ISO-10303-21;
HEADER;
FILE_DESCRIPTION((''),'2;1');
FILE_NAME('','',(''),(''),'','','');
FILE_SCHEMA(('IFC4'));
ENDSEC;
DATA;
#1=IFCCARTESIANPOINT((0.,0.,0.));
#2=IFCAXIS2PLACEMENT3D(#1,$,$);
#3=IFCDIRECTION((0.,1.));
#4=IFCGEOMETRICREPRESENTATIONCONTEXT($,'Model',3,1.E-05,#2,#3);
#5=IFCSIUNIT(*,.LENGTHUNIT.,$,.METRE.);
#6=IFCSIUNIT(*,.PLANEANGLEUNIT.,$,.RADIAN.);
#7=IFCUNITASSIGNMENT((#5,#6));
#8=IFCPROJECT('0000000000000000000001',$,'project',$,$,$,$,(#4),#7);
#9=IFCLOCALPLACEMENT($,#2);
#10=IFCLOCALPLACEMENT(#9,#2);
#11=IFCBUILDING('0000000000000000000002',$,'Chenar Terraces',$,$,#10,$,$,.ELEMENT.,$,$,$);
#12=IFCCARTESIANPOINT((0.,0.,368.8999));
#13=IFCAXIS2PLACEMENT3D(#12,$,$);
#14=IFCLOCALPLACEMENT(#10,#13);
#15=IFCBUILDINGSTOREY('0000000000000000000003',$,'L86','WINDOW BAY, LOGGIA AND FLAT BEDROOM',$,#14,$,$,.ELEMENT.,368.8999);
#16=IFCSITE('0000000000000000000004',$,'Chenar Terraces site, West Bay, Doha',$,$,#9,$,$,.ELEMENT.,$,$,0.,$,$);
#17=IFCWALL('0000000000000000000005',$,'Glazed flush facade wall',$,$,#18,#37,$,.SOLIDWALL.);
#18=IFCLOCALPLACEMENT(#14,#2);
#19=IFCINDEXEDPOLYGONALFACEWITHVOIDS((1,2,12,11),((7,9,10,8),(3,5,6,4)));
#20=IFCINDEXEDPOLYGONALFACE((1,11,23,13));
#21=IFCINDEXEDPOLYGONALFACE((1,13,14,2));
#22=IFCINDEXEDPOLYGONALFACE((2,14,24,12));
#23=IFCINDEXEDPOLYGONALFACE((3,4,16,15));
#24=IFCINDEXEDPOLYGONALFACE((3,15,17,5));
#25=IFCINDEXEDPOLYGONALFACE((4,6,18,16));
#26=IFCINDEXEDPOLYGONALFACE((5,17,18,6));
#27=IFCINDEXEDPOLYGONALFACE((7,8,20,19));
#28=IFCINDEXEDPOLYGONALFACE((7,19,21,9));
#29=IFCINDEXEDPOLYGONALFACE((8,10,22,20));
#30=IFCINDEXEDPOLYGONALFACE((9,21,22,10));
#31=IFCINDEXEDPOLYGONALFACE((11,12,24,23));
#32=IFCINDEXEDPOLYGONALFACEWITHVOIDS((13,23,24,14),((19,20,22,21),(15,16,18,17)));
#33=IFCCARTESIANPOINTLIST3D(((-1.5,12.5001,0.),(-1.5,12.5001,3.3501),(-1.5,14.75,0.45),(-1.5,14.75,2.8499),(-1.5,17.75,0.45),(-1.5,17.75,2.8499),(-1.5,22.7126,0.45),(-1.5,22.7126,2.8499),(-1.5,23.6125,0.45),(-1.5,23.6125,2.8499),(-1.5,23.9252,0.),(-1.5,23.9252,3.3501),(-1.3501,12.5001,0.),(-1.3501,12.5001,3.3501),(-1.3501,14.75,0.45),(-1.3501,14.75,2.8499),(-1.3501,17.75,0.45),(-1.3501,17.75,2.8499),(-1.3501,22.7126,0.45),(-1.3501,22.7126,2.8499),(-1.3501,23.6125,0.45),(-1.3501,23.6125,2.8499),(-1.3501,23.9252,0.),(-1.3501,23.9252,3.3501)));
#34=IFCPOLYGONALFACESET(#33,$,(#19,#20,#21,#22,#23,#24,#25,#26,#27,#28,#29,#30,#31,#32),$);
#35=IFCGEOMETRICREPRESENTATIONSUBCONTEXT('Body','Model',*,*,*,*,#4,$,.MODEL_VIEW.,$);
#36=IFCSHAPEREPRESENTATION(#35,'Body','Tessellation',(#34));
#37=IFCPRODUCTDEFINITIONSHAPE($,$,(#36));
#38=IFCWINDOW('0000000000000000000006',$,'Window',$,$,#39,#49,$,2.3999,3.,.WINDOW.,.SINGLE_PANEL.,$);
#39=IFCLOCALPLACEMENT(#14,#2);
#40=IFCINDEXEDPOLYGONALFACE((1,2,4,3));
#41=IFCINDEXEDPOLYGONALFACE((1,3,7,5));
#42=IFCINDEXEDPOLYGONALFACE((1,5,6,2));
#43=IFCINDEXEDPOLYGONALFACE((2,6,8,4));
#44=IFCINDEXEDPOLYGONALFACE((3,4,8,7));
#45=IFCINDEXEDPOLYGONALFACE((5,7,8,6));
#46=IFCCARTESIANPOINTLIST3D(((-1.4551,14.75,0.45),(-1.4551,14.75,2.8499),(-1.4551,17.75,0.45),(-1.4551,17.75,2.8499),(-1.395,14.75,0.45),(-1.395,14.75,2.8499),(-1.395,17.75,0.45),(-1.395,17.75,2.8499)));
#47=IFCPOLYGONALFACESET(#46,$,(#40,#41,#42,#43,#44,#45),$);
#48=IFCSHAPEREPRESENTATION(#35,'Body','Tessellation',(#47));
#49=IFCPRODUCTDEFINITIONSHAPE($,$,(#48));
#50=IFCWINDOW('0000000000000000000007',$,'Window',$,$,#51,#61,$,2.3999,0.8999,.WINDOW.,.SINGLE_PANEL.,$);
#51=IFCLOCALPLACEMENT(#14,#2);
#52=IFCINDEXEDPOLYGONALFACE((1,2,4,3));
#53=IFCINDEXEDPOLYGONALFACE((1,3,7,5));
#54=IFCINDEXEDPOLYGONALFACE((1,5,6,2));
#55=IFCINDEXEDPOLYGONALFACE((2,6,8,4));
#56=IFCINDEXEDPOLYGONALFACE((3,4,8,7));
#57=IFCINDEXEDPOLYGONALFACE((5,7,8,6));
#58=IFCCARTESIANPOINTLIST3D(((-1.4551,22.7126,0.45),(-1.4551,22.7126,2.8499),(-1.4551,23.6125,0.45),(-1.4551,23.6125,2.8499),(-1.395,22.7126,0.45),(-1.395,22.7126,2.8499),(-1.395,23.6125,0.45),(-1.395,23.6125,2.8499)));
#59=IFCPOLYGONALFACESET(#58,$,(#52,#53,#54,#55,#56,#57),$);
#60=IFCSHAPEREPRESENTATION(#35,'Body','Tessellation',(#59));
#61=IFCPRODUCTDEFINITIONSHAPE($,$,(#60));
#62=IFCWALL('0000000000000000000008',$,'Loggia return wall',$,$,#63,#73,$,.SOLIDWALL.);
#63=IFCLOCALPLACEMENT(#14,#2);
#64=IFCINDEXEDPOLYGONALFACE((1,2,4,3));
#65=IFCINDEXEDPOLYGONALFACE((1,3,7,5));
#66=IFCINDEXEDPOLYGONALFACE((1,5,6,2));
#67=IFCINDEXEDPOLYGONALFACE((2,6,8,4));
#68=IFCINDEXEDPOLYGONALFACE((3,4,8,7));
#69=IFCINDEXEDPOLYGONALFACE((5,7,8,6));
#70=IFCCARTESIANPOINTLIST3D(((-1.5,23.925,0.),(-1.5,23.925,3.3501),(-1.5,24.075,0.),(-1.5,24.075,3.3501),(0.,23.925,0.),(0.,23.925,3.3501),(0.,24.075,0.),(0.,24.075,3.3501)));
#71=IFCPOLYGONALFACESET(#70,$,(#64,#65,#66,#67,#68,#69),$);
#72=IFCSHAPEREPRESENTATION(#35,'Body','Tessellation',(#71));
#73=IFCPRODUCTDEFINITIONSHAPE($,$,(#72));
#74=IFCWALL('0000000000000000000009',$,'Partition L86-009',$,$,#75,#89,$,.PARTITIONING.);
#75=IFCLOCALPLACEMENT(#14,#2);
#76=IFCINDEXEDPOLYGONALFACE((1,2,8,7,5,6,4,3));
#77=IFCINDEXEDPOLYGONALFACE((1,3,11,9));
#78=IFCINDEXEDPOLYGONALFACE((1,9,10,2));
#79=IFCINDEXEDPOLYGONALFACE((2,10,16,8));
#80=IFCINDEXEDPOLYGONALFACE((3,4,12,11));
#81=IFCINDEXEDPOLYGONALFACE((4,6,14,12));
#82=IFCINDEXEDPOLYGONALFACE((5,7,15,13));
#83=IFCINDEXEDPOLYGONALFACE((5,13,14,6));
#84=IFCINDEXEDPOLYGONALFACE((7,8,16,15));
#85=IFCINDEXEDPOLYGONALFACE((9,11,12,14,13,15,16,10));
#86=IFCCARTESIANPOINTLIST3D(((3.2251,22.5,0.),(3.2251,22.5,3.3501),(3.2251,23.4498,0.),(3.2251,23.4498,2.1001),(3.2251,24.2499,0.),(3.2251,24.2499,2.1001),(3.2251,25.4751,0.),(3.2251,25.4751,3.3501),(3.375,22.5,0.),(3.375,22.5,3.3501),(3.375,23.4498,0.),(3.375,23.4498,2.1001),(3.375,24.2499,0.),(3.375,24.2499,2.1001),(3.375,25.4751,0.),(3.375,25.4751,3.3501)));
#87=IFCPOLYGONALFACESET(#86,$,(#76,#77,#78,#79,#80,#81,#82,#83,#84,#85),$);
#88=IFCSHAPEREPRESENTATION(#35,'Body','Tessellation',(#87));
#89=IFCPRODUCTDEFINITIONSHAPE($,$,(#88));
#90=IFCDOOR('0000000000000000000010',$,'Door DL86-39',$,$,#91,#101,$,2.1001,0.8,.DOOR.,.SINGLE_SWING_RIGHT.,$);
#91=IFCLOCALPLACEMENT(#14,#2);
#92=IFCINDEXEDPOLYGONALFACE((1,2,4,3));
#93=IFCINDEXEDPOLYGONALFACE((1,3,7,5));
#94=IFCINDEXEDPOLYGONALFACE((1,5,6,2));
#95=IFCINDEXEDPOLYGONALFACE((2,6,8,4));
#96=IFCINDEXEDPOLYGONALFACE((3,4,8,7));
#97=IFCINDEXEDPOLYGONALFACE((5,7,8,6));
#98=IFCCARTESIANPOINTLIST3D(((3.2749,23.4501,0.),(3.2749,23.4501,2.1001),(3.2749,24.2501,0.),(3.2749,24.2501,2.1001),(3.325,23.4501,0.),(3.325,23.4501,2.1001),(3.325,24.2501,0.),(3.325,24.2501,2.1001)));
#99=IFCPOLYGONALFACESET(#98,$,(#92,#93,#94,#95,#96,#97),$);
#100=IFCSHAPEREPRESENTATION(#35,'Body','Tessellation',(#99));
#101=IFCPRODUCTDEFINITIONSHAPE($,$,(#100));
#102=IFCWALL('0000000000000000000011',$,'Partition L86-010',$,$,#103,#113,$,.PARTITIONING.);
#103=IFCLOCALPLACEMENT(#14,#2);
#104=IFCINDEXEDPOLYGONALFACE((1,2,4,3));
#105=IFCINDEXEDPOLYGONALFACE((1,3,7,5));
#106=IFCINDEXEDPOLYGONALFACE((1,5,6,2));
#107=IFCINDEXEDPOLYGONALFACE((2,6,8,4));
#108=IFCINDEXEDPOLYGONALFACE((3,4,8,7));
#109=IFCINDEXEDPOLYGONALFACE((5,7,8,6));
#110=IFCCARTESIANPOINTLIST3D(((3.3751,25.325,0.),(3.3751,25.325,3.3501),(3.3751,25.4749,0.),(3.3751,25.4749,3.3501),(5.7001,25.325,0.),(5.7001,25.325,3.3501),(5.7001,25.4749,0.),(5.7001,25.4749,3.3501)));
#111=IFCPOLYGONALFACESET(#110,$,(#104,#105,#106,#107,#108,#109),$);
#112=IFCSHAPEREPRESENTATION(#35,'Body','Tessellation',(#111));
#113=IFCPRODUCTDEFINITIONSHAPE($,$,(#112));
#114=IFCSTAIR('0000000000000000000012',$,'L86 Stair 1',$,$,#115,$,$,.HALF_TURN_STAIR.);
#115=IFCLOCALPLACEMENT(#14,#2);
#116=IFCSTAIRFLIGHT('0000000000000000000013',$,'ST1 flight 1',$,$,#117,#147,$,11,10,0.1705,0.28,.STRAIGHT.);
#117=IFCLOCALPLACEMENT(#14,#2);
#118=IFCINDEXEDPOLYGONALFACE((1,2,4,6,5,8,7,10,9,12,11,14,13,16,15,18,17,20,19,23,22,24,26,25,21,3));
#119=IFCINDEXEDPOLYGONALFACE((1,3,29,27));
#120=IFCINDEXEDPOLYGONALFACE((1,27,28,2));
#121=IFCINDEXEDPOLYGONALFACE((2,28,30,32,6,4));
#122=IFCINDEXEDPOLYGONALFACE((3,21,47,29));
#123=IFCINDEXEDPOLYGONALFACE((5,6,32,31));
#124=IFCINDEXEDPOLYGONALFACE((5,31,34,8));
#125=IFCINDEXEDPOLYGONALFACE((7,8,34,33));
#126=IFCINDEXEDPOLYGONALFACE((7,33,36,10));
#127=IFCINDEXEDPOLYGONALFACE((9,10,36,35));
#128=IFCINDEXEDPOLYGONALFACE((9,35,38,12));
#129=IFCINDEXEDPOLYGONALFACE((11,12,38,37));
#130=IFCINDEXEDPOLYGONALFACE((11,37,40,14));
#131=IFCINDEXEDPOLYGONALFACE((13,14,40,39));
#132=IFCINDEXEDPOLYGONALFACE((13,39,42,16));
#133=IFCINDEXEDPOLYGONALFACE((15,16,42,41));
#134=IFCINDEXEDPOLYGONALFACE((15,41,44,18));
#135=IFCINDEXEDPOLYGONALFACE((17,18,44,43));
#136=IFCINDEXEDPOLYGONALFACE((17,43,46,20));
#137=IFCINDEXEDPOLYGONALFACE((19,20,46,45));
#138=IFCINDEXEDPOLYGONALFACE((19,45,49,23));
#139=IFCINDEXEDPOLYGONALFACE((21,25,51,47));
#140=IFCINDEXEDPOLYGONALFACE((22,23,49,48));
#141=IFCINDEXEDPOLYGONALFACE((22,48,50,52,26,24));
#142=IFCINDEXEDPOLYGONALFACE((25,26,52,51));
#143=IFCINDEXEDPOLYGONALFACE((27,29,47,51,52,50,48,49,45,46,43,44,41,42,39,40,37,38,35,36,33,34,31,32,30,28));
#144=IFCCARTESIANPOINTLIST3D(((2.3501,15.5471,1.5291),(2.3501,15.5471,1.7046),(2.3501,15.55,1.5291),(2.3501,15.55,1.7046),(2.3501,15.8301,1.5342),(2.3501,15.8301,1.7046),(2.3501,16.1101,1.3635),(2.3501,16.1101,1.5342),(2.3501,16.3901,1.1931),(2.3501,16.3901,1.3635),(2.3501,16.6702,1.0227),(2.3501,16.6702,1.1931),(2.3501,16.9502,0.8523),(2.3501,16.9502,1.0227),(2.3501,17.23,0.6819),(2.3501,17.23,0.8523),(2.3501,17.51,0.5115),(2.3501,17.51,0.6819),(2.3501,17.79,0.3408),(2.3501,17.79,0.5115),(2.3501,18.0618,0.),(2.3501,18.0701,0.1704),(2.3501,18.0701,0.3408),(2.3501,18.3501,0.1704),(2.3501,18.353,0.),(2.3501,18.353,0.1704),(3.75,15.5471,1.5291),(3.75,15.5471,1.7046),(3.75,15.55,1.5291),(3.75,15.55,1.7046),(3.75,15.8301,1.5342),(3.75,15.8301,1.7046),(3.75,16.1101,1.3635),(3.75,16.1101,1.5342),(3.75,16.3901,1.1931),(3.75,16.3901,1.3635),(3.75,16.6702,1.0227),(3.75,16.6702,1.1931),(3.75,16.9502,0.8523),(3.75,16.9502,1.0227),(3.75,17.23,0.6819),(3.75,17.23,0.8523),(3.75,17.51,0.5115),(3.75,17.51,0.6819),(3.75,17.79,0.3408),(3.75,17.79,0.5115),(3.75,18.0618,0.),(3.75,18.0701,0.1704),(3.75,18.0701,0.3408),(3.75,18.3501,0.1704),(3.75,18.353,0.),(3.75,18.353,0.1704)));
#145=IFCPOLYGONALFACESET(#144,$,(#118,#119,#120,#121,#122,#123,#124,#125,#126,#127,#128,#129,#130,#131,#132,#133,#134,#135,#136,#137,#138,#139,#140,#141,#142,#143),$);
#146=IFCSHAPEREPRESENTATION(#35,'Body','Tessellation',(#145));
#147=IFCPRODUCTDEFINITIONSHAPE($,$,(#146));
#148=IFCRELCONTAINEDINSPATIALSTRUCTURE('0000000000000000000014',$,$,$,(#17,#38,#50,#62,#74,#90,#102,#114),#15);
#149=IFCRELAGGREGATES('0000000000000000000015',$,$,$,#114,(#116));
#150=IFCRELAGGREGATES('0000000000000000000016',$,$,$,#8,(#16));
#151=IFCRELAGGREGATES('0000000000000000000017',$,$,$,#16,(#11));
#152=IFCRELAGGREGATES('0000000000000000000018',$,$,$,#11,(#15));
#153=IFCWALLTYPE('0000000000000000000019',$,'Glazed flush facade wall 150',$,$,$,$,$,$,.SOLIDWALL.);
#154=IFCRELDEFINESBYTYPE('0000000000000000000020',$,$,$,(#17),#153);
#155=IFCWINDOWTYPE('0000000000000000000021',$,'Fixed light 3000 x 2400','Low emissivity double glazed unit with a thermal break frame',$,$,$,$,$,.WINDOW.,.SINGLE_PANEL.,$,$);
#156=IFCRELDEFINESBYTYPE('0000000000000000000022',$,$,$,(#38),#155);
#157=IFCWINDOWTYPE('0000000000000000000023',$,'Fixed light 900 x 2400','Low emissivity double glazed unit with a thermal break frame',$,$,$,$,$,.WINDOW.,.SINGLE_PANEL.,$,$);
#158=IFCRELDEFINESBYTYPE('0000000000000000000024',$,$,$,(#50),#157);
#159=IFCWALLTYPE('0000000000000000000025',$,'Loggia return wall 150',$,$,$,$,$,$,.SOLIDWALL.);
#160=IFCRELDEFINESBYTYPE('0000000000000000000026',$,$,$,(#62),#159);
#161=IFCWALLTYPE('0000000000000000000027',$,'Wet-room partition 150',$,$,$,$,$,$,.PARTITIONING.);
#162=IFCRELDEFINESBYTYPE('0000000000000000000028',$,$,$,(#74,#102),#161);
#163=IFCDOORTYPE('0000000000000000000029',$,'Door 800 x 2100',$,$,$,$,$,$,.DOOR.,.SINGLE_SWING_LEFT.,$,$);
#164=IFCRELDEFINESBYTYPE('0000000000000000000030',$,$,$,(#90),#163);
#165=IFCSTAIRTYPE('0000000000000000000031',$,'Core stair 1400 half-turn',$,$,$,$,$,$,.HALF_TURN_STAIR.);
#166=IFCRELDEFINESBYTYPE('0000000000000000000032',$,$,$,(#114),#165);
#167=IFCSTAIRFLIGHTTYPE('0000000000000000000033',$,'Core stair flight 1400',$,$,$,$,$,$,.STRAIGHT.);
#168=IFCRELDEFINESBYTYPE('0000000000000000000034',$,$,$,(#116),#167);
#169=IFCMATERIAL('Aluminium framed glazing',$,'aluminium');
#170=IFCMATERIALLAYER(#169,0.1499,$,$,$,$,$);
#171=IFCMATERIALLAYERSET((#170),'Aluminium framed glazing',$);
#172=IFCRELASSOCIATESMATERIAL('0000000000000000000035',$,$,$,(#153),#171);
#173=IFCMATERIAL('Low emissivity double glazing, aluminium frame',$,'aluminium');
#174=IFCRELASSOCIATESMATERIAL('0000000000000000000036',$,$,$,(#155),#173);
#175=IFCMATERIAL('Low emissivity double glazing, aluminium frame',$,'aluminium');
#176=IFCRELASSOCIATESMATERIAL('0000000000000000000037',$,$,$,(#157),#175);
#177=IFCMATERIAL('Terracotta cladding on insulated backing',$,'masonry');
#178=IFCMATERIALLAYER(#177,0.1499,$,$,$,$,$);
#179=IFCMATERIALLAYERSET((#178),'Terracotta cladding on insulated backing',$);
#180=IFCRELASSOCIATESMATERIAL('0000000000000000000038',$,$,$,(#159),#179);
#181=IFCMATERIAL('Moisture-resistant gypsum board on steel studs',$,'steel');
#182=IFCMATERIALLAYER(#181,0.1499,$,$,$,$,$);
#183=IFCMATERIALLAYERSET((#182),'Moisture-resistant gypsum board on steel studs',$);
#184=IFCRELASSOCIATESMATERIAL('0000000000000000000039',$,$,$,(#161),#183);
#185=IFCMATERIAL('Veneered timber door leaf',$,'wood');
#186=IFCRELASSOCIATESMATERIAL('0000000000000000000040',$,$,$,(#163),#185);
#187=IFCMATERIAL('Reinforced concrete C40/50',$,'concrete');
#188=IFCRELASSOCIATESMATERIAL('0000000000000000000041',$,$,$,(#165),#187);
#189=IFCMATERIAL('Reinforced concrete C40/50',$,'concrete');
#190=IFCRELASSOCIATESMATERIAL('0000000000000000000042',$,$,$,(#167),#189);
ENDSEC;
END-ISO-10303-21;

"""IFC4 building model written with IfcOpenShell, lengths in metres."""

from ifc_helpers import new_model, si_unit, direction, frame, frame_2d, origin, place, context, subcontext, project, spatial, polyline, rectangle, outline, extrude, material, layer, layer_set, type_object, element, fill, aggregate, save


model = new_model("IFC4")

# Units and contexts
model_context = context("Model", 3, precision=1e-05, world=origin(), true_north=direction((0.0, 1.0)))
body_context = subcontext(model_context, "Body", "Model", "MODEL_VIEW")
ifc_project = project(units=[si_unit("LENGTHUNIT", "METRE"), si_unit("PLANEANGLEUNIT", "RADIAN")], contexts=[model_context])

# Site, building, storey
site_placement = place(None, origin())
site = spatial("IfcSite", under=ifc_project, at=site_placement, Name="Chenar Terraces site, West Bay, Doha", CompositionType="ELEMENT", RefElevation=0.0)
building_placement = place(site_placement, origin())
building = spatial("IfcBuilding", under=site, at=building_placement, Name="Chenar Terraces", CompositionType="ELEMENT")
storey_placement = place(building_placement, frame((0.0, 0.0, 368.8999)))
storey = spatial("IfcBuildingStorey", under=building, at=storey_placement, Name="L86", Description="WINDOW BAY, LOGGIA AND FLAT BEDROOM", CompositionType="ELEMENT", Elevation=368.8999)

# Wall, openings, windows
ifc_material_1 = material(Name="Aluminium framed glazing", Category="aluminium")
ifc_layer_1 = layer(ifc_material_1, 0.1499)
ifc_layer_set_1 = layer_set([ifc_layer_1], Name="Aluminium framed glazing")
wall_type_1 = type_object("IfcWallType", Name="Glazed flush facade wall 150", PredefinedType="SOLIDWALL", material=ifc_layer_set_1)
wall_1_placement = place(storey_placement, frame((-1.425, 23.925, 0.0), z_axis=(0.0, 0.0, 1.0), x_axis=(0.0, -1.0, 0.0)))
wall_1 = element("IfcWall", 1, at=wall_1_placement, inside=storey, type_object=wall_type_1, Name="Glazed flush facade wall", PredefinedType="SOLIDWALL", context=body_context, shape_type="SweptSolid", body=[
    extrude(rectangle(XDim=11.425, YDim=0.1499, at=frame_2d((5.7124, 0.0))), origin(), (0.0, 0.0, 1.0), 3.3501),
])
opening_1_placement = place(wall_1_placement, frame((0.3125, 0.0, 0.45)))
opening_1 = element("IfcOpeningElement", 2, at=opening_1_placement, cuts=wall_1, PredefinedType="OPENING", context=body_context, shape_type="SweptSolid", body=[
    extrude(rectangle(XDim=0.8999, YDim=2.3999, at=frame_2d((0.45, 1.2))), frame((0.0, 0.085, 0.0), z_axis=(0.0, -1.0, 0.0), x_axis=(1.0, 0.0, 0.0)), (0.0, 0.0, 1.0), 0.1699),
])
opening_2_placement = place(wall_1_placement, frame((6.175, 0.0, 0.45)))
opening_2 = element("IfcOpeningElement", 3, at=opening_2_placement, cuts=wall_1, PredefinedType="OPENING", context=body_context, shape_type="SweptSolid", body=[
    extrude(rectangle(XDim=3.0, YDim=2.3999, at=frame_2d((1.5, 1.2))), frame((0.0, 0.085, 0.0), z_axis=(0.0, -1.0, 0.0), x_axis=(1.0, 0.0, 0.0)), (0.0, 0.0, 1.0), 0.1699),
])
ifc_material_2 = material(Name="Low emissivity double glazing, aluminium frame", Category="aluminium")
window_type_1 = type_object("IfcWindowType", Name="Fixed light 3000 x 2400", Description="Low emissivity double glazed unit with a thermal break frame", PartitioningType="SINGLE_PANEL", PredefinedType="WINDOW", material=ifc_material_2)
window_1_placement = place(opening_2_placement, origin())
window_1 = element("IfcWindow", 4, at=window_1_placement, inside=storey, type_object=window_type_1, Name="Window", OverallHeight=2.3999, OverallWidth=3.0, PartitioningType="SINGLE_PANEL", PredefinedType="WINDOW", context=body_context, shape_type="SweptSolid", body=[
    extrude(rectangle(XDim=3.0, YDim=2.3999, at=frame_2d((1.5, 1.2))), frame((0.0, 0.03, 0.0), z_axis=(0.0, -1.0, 0.0), x_axis=(1.0, 0.0, 0.0)), (0.0, 0.0, 1.0), 0.0601),
])
fill(opening_2, window_1)
ifc_material_3 = material(Name="Low emissivity double glazing, aluminium frame", Category="aluminium")
window_type_2 = type_object("IfcWindowType", Name="Fixed light 900 x 2400", Description="Low emissivity double glazed unit with a thermal break frame", PartitioningType="SINGLE_PANEL", PredefinedType="WINDOW", material=ifc_material_3)
window_2_placement = place(opening_1_placement, origin())
window_2 = element("IfcWindow", 5, at=window_2_placement, inside=storey, type_object=window_type_2, Name="Window", OverallHeight=2.3999, OverallWidth=0.8999, PartitioningType="SINGLE_PANEL", PredefinedType="WINDOW", context=body_context, shape_type="SweptSolid", body=[
    extrude(rectangle(XDim=0.8999, YDim=2.3999, at=frame_2d((0.45, 1.2))), frame((0.0, 0.03, 0.0), z_axis=(0.0, -1.0, 0.0), x_axis=(1.0, 0.0, 0.0)), (0.0, 0.0, 1.0), 0.0601),
])
fill(opening_1, window_2)

# Wall
ifc_material_4 = material(Name="Terracotta cladding on insulated backing", Category="masonry")
ifc_layer_2 = layer(ifc_material_4, 0.1499)
ifc_layer_set_2 = layer_set([ifc_layer_2], Name="Terracotta cladding on insulated backing")
wall_type_2 = type_object("IfcWallType", Name="Loggia return wall 150", PredefinedType="SOLIDWALL", material=ifc_layer_set_2)
wall_2_placement = place(storey_placement, frame((-1.5, 24.0, 0.0), z_axis=(0.0, 0.0, 1.0), x_axis=(1.0, 0.0, 0.0)))
element("IfcWall", 6, at=wall_2_placement, inside=storey, type_object=wall_type_2, Name="Loggia return wall", PredefinedType="SOLIDWALL", context=body_context, shape_type="SweptSolid", body=[
    extrude(rectangle(XDim=1.5, YDim=0.1499, at=frame_2d((0.75, 0.0))), origin(), (0.0, 0.0, 1.0), 3.3501),
])

# Wall, opening, door
ifc_material_5 = material(Name="Moisture-resistant gypsum board on steel studs", Category="steel")
ifc_layer_3 = layer(ifc_material_5, 0.1499)
ifc_layer_set_3 = layer_set([ifc_layer_3], Name="Moisture-resistant gypsum board on steel studs")
wall_type_3 = type_object("IfcWallType", Name="Wet-room partition 150", PredefinedType="PARTITIONING", material=ifc_layer_set_3)
wall_3_placement = place(storey_placement, frame((3.3, 22.5, 0.0), z_axis=(0.0, 0.0, 1.0), x_axis=(0.0, 1.0, 0.0)))
wall_3 = element("IfcWall", 7, at=wall_3_placement, inside=storey, type_object=wall_type_3, Name="Partition L86-009", PredefinedType="PARTITIONING", context=body_context, shape_type="SweptSolid", body=[
    extrude(rectangle(XDim=2.9751, YDim=0.1499, at=frame_2d((1.4875, 0.0))), origin(), (0.0, 0.0, 1.0), 3.3501),
])
opening_3_placement = place(wall_3_placement, frame((0.95, 0.0, 0.0)))
opening_3 = element("IfcOpeningElement", 8, at=opening_3_placement, cuts=wall_3, PredefinedType="OPENING", context=body_context, shape_type="SweptSolid", body=[
    extrude(rectangle(XDim=0.8, YDim=2.1001, at=frame_2d((0.3999, 1.05))), frame((0.0, 0.085, 0.0), z_axis=(0.0, -1.0, 0.0), x_axis=(1.0, 0.0, 0.0)), (0.0, 0.0, 1.0), 0.1699),
])
ifc_material_6 = material(Name="Veneered timber door leaf", Category="wood")
door_type_1 = type_object("IfcDoorType", Name="Door 800 x 2100", OperationType="SINGLE_SWING_LEFT", PredefinedType="DOOR", material=ifc_material_6)
door_1_placement = place(opening_3_placement, frame((0.8, 0.0, 0.0), z_axis=(0.0, 0.0, 1.0), x_axis=(-1.0, 0.0, 0.0)))
door_1 = element("IfcDoor", 9, at=door_1_placement, inside=storey, type_object=door_type_1, Name="Door DL86-39", OperationType="SINGLE_SWING_RIGHT", OverallHeight=2.1001, OverallWidth=0.8, PredefinedType="DOOR", context=body_context, shape_type="SweptSolid", body=[
    extrude(rectangle(XDim=0.8, YDim=2.1001, at=frame_2d((0.3999, 1.05))), frame((0.0, 0.0249, 0.0), z_axis=(0.0, -1.0, 0.0), x_axis=(1.0, 0.0, 0.0)), (0.0, 0.0, 1.0), 0.05),
])
fill(opening_3, door_1)

# Wall
wall_4_placement = place(storey_placement, frame((3.375, 25.3999, 0.0), z_axis=(0.0, 0.0, 1.0), x_axis=(1.0, 0.0, 0.0)))
element("IfcWall", 10, at=wall_4_placement, inside=storey, type_object=wall_type_3, Name="Partition L86-010", PredefinedType="PARTITIONING", context=body_context, shape_type="SweptSolid", body=[
    extrude(rectangle(XDim=2.325, YDim=0.1499, at=frame_2d((1.1626, 0.0))), origin(), (0.0, 0.0, 1.0), 3.3501),
])

# Stair, stair flight
ifc_material_7 = material(Name="Reinforced concrete C40/50", Category="concrete")
stair_type = type_object("IfcStairType", Name="Core stair 1400 half-turn", PredefinedType="HALF_TURN_STAIR", material=ifc_material_7)
stair_placement = place(storey_placement, origin())
stair = element("IfcStair", 11, at=stair_placement, inside=storey, type_object=stair_type, Name="L86 Stair 1", PredefinedType="HALF_TURN_STAIR")
ifc_material_8 = material(Name="Reinforced concrete C40/50", Category="concrete")
stair_flight_type = type_object("IfcStairFlightType", Name="Core stair flight 1400", PredefinedType="STRAIGHT", material=ifc_material_8)
stair_flight_1_placement = place(storey_placement, frame((3.05, 18.3501, 0.0), z_axis=(0.0, 0.0, 1.0), x_axis=(0.0, -1.0, 0.0)))
stair_flight_1 = element("IfcStairFlight", 12, at=stair_flight_1_placement, type_object=stair_flight_type, Name="ST1 flight 1", NumberOfRisers=11, NumberOfTreads=10, PredefinedType="STRAIGHT", RiserHeight=0.1705, TreadLength=0.28, context=body_context, shape_type="SweptSolid", body=[
    extrude(outline(polyline([(-0.0029, 0.0), (-0.0029, 0.1704), (0.0, 0.1704), (0.28, 0.1704), (0.28, 0.3408), (0.5601, 0.3408), (0.5601, 0.5115), (0.8401, 0.5115), (0.8401, 0.6819), (1.1201, 0.6819), (1.1201, 0.8523), (1.3999, 0.8523), (1.3999, 1.0227), (1.6799, 1.0227), (1.6799, 1.1931), (1.96, 1.1931), (1.96, 1.3635), (2.24, 1.3635), (2.24, 1.5342), (2.52, 1.5342), (2.52, 1.7046), (2.8, 1.7046), (2.803, 1.7046), (2.803, 1.5291), (2.8, 1.5291), (0.2883, 0.0), (-0.0029, 0.0)])), frame((0.0, 0.7, 0.0), z_axis=(0.0, -1.0, 0.0), x_axis=(1.0, 0.0, 0.0)), (0.0, 0.0, 1.0), 1.3999),
])
aggregate(stair, [stair_flight_1])

save(model, "model.ifc")
